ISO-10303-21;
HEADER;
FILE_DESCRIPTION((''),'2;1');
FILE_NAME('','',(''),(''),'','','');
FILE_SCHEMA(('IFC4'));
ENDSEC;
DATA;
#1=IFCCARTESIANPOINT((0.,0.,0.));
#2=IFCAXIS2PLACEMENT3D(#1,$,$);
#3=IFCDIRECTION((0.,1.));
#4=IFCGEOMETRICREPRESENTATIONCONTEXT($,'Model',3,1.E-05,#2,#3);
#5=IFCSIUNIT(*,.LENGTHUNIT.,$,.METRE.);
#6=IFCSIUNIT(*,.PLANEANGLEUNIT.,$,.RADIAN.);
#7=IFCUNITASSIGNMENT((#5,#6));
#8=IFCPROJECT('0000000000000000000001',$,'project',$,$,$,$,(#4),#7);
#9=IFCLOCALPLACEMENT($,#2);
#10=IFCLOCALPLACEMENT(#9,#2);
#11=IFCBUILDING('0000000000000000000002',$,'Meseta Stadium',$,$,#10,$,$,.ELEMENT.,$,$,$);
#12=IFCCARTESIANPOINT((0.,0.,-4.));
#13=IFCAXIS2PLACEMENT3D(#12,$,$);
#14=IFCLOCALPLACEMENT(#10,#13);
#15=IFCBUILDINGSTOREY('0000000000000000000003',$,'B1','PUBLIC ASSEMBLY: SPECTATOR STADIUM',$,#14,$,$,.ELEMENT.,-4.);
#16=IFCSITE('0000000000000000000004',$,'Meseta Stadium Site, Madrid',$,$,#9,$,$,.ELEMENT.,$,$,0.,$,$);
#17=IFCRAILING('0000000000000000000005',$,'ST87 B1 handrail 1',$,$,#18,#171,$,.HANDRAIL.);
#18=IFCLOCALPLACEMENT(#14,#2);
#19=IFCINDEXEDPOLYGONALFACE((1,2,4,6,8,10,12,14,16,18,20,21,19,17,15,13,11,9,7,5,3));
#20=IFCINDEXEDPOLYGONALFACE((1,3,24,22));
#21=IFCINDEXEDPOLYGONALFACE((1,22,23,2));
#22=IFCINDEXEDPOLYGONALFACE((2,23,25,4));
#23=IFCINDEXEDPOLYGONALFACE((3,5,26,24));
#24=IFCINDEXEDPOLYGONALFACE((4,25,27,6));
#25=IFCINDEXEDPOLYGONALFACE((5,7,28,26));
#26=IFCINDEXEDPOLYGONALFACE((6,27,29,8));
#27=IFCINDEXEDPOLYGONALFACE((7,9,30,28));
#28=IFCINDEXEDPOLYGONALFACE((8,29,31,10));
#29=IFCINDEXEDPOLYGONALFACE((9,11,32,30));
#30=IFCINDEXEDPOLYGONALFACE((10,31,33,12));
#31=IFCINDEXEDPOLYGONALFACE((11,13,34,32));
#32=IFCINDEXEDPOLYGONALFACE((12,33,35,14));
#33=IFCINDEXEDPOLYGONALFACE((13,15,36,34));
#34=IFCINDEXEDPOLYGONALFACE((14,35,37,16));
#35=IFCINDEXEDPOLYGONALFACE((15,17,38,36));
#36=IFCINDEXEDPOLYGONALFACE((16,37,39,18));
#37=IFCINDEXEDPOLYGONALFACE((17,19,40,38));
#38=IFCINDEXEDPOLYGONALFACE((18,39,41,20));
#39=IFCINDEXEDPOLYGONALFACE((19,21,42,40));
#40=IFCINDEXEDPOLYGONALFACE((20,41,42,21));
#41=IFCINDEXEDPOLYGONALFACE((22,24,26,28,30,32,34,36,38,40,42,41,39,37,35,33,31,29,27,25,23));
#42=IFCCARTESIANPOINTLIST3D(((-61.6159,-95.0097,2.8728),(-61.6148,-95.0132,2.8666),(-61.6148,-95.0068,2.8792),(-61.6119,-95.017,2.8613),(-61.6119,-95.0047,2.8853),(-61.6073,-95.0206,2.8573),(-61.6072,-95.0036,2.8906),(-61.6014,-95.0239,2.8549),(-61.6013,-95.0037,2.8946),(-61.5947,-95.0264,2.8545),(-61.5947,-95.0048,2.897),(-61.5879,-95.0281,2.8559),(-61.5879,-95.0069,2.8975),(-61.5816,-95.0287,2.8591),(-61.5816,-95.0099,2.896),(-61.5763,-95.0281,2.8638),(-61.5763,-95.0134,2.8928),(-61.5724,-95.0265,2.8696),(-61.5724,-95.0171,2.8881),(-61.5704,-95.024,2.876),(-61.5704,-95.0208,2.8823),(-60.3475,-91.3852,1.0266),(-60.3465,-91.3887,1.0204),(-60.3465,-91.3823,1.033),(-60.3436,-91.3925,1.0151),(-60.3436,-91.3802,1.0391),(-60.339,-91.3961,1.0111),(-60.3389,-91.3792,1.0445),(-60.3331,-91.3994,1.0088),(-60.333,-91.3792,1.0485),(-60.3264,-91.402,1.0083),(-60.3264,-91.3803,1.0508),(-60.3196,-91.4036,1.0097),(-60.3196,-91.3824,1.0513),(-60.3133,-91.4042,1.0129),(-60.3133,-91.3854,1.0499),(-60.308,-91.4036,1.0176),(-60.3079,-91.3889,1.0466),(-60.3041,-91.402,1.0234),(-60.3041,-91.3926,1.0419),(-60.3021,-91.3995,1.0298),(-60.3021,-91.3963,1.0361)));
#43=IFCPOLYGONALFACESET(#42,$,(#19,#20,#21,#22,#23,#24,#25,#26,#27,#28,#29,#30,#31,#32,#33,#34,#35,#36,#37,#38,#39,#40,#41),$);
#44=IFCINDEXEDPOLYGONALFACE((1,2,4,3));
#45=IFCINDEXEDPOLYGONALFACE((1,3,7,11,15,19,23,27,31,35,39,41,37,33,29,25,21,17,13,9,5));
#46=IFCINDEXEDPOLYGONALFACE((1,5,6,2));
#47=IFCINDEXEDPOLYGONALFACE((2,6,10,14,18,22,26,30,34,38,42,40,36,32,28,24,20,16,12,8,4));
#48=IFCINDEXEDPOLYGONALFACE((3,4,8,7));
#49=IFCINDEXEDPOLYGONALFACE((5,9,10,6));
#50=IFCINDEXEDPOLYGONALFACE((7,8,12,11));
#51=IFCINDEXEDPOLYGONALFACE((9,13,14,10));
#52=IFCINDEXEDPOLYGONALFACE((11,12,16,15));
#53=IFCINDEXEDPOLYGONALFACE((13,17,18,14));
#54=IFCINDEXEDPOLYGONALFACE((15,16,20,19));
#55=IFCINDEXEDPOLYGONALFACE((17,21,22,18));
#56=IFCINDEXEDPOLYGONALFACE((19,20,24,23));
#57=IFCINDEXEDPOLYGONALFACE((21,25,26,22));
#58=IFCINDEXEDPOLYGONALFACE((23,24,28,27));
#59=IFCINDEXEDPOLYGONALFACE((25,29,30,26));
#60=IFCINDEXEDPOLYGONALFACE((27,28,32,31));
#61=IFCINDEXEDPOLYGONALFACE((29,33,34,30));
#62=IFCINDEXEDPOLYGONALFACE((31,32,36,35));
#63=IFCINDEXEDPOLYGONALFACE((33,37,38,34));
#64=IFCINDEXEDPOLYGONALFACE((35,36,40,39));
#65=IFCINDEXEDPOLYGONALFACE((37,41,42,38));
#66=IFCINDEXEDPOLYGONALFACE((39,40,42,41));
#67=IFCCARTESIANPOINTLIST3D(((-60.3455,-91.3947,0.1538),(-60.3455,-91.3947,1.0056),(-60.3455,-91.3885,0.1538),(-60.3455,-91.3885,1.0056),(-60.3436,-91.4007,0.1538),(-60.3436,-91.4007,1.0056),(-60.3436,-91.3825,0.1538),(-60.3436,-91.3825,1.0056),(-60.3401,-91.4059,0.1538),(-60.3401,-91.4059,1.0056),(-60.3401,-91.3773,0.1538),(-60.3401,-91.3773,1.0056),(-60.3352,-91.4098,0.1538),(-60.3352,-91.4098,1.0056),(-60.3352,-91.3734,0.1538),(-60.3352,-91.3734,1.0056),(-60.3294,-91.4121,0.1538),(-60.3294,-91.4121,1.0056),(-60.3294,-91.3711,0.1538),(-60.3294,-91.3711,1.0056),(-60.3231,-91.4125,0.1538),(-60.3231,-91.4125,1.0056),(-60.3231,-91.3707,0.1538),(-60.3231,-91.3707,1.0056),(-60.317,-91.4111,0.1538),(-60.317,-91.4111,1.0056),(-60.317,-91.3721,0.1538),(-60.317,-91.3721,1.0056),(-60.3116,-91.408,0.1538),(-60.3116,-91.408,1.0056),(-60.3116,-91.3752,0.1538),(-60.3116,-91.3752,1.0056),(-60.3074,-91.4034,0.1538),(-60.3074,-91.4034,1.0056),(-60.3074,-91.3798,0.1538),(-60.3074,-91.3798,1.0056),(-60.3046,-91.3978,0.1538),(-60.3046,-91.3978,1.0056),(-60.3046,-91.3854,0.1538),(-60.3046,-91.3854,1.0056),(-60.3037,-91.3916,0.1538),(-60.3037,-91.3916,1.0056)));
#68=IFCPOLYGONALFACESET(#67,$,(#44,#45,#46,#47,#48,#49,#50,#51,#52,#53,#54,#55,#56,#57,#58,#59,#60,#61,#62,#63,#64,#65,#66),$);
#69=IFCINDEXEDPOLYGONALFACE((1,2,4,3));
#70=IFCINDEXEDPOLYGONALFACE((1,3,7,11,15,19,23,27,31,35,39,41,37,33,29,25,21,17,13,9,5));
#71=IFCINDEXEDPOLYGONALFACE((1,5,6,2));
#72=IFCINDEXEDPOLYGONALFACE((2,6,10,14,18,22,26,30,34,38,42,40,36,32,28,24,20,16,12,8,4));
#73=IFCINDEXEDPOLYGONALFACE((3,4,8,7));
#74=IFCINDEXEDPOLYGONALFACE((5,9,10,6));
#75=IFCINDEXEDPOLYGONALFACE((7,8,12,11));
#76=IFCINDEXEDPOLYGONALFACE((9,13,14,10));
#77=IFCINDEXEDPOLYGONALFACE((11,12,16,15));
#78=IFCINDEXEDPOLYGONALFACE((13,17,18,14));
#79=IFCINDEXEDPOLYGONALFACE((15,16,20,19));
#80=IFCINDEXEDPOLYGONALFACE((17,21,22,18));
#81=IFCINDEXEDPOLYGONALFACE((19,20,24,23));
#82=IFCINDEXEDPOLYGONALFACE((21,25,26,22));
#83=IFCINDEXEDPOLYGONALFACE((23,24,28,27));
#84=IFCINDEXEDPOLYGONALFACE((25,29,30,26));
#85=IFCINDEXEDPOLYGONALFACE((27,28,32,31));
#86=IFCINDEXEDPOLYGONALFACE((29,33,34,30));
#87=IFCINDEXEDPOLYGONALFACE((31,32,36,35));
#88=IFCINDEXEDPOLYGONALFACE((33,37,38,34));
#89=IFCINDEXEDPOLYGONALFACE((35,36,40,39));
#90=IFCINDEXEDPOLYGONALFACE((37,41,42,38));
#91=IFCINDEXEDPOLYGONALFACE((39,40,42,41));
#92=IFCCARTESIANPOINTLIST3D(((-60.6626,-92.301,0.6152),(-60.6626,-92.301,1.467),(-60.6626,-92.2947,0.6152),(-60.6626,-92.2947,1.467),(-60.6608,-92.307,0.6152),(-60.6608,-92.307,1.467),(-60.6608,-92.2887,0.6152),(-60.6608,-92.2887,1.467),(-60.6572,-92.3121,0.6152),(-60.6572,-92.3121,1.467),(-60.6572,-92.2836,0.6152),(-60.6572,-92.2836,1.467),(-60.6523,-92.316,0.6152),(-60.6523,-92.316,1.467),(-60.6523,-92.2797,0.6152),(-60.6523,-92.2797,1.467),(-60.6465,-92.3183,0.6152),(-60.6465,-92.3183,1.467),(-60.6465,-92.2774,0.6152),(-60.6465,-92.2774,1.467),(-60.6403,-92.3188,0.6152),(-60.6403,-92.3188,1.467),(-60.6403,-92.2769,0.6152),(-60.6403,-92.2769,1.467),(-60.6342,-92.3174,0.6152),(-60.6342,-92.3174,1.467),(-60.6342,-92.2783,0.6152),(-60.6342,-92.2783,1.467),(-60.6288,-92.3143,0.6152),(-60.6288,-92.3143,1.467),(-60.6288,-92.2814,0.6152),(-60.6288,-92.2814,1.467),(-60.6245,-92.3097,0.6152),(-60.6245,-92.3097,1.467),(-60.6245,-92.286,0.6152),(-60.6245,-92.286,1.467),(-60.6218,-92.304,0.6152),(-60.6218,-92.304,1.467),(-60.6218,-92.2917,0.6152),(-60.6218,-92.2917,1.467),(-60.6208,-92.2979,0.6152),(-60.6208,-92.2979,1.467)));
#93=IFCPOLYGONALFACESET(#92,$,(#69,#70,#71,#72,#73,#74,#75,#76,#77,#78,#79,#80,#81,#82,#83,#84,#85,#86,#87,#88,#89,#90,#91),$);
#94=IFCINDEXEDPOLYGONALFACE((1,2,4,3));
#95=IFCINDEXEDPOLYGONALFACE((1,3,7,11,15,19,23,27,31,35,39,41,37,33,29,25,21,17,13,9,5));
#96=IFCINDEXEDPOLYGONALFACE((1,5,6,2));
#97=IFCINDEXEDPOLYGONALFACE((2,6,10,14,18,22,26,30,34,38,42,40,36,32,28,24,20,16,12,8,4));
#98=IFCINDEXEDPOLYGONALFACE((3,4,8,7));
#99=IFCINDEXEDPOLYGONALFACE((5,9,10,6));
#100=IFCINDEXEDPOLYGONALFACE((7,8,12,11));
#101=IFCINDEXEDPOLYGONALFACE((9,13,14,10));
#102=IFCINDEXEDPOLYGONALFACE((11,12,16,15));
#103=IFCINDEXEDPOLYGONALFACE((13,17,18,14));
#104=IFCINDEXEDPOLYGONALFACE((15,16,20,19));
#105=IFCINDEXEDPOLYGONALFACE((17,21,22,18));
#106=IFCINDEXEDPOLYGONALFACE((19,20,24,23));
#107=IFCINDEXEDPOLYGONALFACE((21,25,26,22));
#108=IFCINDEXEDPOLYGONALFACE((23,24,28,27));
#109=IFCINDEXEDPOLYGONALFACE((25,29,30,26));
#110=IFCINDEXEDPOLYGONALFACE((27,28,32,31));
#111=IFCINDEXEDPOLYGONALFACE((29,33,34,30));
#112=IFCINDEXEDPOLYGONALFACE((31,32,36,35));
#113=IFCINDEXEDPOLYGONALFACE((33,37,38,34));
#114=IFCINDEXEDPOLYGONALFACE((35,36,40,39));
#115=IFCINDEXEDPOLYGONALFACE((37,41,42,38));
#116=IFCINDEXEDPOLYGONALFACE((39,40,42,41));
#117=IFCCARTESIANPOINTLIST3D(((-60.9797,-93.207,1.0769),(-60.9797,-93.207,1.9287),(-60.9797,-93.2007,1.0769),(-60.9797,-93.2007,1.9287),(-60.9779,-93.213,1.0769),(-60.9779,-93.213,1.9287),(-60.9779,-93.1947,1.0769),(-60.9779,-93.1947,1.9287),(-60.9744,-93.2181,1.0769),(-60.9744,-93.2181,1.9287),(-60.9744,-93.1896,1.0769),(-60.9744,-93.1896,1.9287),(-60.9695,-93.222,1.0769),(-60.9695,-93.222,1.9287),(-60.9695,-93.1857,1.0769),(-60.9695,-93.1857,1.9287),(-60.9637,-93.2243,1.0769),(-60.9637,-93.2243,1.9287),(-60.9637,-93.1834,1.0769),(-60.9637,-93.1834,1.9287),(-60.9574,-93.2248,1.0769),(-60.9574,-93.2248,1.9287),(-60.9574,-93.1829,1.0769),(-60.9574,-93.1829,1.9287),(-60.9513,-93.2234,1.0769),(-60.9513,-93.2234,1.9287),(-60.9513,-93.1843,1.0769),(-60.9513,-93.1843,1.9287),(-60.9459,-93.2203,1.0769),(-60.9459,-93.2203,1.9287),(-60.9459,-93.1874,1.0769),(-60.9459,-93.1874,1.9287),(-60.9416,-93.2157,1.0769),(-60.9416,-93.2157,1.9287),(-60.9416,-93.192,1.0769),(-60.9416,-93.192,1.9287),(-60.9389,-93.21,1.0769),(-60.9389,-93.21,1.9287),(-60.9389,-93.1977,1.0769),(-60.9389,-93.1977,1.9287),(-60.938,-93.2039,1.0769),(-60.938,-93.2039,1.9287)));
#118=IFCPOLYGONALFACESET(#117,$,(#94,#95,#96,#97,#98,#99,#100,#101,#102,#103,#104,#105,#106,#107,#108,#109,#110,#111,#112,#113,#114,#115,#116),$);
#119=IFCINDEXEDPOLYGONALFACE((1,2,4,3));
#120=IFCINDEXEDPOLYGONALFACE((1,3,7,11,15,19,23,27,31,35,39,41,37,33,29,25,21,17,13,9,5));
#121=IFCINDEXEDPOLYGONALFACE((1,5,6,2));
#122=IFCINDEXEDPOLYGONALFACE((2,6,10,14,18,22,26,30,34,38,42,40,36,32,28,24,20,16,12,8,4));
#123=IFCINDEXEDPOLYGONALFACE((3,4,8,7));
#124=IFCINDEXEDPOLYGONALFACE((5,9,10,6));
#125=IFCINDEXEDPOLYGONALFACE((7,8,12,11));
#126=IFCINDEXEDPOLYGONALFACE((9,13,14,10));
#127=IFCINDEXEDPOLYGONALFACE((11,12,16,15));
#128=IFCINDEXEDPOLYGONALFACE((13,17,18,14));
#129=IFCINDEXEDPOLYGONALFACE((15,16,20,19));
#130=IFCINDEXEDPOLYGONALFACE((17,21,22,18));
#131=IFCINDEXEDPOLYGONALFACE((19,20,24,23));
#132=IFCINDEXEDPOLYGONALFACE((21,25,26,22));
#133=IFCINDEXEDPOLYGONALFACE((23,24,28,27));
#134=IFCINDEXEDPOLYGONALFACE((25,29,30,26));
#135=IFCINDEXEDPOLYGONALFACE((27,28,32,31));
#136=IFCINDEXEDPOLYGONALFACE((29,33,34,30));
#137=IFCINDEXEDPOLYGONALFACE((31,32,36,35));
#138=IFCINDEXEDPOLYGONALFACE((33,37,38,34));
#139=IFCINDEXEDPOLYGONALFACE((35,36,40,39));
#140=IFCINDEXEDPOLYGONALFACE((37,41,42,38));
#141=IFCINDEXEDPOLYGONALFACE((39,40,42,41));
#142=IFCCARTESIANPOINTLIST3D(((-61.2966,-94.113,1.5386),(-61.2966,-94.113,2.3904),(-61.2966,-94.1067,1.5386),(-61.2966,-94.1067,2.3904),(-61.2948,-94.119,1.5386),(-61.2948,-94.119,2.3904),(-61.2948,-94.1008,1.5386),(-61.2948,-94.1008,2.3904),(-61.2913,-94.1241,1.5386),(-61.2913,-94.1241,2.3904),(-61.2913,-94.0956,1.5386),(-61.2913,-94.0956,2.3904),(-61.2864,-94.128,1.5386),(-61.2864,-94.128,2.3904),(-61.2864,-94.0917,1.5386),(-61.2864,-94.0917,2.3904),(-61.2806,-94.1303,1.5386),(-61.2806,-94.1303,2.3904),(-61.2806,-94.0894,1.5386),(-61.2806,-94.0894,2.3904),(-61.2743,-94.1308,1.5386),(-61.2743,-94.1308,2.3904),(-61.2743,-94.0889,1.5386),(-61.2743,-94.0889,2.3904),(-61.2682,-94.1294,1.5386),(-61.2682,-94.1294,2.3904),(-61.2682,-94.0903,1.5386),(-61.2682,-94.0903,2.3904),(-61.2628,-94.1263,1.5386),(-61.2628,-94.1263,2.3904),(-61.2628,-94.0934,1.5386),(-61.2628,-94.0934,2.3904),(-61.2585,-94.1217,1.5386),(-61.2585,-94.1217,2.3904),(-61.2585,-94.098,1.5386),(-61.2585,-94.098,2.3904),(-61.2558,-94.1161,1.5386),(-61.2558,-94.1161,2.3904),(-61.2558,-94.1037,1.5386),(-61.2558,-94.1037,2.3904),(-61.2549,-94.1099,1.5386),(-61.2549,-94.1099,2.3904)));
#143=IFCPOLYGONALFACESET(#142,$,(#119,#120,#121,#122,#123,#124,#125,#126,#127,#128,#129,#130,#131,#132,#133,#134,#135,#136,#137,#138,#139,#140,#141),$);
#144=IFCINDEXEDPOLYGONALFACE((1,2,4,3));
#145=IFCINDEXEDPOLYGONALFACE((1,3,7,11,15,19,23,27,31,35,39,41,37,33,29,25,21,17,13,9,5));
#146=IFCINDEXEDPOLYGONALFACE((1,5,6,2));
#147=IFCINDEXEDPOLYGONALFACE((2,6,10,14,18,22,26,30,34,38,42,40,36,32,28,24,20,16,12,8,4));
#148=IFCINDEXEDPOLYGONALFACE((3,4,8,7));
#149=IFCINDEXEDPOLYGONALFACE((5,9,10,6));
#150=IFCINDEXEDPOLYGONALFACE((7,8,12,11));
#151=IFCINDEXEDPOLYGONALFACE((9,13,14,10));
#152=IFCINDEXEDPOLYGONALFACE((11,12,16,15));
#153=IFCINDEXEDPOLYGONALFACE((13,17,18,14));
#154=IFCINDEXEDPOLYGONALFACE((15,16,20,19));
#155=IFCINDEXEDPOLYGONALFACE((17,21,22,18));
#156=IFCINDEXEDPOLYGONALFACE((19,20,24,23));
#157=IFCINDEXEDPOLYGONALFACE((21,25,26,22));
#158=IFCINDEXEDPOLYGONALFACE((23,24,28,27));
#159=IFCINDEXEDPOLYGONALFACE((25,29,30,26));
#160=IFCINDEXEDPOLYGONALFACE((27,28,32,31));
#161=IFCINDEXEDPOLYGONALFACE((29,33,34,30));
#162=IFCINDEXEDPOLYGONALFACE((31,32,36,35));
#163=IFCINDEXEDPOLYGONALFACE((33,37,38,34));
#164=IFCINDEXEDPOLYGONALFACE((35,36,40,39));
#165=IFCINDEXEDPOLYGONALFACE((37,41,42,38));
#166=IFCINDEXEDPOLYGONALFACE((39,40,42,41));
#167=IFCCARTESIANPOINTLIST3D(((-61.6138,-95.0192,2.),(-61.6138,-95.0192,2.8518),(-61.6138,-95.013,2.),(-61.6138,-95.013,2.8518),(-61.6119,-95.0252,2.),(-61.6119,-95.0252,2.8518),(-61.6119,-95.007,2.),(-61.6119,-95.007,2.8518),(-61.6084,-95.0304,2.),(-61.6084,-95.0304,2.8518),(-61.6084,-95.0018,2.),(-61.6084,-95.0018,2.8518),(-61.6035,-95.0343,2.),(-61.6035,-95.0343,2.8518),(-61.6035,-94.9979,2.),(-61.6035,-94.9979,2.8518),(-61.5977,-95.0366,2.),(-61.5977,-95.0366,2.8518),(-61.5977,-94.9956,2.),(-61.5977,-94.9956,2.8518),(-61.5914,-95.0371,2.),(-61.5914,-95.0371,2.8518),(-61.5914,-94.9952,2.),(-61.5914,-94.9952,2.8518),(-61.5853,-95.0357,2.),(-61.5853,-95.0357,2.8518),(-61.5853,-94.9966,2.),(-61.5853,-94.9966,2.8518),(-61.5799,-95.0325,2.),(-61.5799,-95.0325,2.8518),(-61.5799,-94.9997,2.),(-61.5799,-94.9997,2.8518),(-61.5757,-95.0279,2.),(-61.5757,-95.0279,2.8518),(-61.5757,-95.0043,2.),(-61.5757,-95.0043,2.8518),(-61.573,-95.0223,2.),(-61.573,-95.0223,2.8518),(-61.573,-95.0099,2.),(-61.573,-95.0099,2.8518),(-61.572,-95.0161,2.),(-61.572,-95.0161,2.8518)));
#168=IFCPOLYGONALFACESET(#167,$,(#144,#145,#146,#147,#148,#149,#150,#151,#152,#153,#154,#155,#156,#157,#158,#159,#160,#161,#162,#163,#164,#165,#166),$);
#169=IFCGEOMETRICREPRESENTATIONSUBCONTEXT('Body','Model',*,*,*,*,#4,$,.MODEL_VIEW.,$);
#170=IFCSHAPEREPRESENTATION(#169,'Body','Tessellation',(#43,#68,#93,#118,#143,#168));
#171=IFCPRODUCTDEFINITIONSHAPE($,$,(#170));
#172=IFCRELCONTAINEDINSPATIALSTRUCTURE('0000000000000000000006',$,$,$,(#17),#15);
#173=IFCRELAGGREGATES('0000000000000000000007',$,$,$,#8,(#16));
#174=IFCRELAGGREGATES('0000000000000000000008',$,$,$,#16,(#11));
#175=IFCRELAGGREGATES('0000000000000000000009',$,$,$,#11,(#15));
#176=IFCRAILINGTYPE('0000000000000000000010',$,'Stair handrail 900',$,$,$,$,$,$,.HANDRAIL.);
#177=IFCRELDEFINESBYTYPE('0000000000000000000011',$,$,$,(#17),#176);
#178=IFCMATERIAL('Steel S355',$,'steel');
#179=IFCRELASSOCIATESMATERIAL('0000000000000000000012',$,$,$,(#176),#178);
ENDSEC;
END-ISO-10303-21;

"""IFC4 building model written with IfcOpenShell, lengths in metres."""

from ifc_helpers import new_model, si_unit, direction, frame, origin, origin_2d, place, context, subcontext, project, spatial, circle, extrude, material, type_object, element, save


model = new_model("IFC4")

# Units and contexts
model_context = context("Model", 3, precision=1e-05, world=origin(), true_north=direction((0.0, 1.0)))
body_context = subcontext(model_context, "Body", "Model", "MODEL_VIEW")
ifc_project = project(units=[si_unit("LENGTHUNIT", "METRE"), si_unit("PLANEANGLEUNIT", "RADIAN")], contexts=[model_context])

# Site, building, storey
site_placement = place(None, origin())
site = spatial("IfcSite", under=ifc_project, at=site_placement, Name="Meseta Stadium Site, Madrid", CompositionType="ELEMENT", RefElevation=0.0)
building_placement = place(site_placement, origin())
building = spatial("IfcBuilding", under=site, at=building_placement, Name="Meseta Stadium", CompositionType="ELEMENT")
storey_placement = place(building_placement, frame((0.0, 0.0, -4.0)))
storey = spatial("IfcBuildingStorey", under=building, at=storey_placement, Name="B1", Description="PUBLIC ASSEMBLY: SPECTATOR STADIUM", CompositionType="ELEMENT", Elevation=-4.0)

# Railing
ifc_material_1 = material(Name="Steel S355", Category="steel")
railing_type_1 = type_object("IfcRailingType", Name="Stair handrail 900", PredefinedType="HANDRAIL", material=ifc_material_1)
railing_1_placement = place(storey_placement, frame((-60.3247, -91.3916, 0.1538)))
element("IfcRailing", 1, at=railing_1_placement, inside=storey, type_object=railing_type_1, Name="ST87 B1 handrail 1", PredefinedType="HANDRAIL", context=body_context, shape_type="SweptSolid", body=[
    extrude(circle(Radius=0.0239, at=origin_2d()), frame((0.0, 0.0, 0.876), z_axis=(-0.297672, -0.850672, 0.4333), x_axis=(0.94388, -0.330288, 0.0)), (0.0, 0.0, 1.0), 4.2607),
    extrude(circle(Radius=0.021, at=origin_2d()), origin(), (0.0, 0.0, 1.0), 0.8518),
    extrude(circle(Radius=0.021, at=origin_2d()), frame((-0.3171, -0.9062, 0.4614)), (0.0, 0.0, 1.0), 0.8518),
    extrude(circle(Radius=0.021, at=origin_2d()), frame((-0.6343, -1.8123, 0.9231)), (0.0, 0.0, 1.0), 0.8518),
    extrude(circle(Radius=0.021, at=origin_2d()), frame((-0.9512, -2.7183, 1.3848)), (0.0, 0.0, 1.0), 0.8518),
    extrude(circle(Radius=0.021, at=origin_2d()), frame((-1.2683, -3.6245, 1.8462)), (0.0, 0.0, 1.0), 0.8518),
])

save(model, "model.ifc")
